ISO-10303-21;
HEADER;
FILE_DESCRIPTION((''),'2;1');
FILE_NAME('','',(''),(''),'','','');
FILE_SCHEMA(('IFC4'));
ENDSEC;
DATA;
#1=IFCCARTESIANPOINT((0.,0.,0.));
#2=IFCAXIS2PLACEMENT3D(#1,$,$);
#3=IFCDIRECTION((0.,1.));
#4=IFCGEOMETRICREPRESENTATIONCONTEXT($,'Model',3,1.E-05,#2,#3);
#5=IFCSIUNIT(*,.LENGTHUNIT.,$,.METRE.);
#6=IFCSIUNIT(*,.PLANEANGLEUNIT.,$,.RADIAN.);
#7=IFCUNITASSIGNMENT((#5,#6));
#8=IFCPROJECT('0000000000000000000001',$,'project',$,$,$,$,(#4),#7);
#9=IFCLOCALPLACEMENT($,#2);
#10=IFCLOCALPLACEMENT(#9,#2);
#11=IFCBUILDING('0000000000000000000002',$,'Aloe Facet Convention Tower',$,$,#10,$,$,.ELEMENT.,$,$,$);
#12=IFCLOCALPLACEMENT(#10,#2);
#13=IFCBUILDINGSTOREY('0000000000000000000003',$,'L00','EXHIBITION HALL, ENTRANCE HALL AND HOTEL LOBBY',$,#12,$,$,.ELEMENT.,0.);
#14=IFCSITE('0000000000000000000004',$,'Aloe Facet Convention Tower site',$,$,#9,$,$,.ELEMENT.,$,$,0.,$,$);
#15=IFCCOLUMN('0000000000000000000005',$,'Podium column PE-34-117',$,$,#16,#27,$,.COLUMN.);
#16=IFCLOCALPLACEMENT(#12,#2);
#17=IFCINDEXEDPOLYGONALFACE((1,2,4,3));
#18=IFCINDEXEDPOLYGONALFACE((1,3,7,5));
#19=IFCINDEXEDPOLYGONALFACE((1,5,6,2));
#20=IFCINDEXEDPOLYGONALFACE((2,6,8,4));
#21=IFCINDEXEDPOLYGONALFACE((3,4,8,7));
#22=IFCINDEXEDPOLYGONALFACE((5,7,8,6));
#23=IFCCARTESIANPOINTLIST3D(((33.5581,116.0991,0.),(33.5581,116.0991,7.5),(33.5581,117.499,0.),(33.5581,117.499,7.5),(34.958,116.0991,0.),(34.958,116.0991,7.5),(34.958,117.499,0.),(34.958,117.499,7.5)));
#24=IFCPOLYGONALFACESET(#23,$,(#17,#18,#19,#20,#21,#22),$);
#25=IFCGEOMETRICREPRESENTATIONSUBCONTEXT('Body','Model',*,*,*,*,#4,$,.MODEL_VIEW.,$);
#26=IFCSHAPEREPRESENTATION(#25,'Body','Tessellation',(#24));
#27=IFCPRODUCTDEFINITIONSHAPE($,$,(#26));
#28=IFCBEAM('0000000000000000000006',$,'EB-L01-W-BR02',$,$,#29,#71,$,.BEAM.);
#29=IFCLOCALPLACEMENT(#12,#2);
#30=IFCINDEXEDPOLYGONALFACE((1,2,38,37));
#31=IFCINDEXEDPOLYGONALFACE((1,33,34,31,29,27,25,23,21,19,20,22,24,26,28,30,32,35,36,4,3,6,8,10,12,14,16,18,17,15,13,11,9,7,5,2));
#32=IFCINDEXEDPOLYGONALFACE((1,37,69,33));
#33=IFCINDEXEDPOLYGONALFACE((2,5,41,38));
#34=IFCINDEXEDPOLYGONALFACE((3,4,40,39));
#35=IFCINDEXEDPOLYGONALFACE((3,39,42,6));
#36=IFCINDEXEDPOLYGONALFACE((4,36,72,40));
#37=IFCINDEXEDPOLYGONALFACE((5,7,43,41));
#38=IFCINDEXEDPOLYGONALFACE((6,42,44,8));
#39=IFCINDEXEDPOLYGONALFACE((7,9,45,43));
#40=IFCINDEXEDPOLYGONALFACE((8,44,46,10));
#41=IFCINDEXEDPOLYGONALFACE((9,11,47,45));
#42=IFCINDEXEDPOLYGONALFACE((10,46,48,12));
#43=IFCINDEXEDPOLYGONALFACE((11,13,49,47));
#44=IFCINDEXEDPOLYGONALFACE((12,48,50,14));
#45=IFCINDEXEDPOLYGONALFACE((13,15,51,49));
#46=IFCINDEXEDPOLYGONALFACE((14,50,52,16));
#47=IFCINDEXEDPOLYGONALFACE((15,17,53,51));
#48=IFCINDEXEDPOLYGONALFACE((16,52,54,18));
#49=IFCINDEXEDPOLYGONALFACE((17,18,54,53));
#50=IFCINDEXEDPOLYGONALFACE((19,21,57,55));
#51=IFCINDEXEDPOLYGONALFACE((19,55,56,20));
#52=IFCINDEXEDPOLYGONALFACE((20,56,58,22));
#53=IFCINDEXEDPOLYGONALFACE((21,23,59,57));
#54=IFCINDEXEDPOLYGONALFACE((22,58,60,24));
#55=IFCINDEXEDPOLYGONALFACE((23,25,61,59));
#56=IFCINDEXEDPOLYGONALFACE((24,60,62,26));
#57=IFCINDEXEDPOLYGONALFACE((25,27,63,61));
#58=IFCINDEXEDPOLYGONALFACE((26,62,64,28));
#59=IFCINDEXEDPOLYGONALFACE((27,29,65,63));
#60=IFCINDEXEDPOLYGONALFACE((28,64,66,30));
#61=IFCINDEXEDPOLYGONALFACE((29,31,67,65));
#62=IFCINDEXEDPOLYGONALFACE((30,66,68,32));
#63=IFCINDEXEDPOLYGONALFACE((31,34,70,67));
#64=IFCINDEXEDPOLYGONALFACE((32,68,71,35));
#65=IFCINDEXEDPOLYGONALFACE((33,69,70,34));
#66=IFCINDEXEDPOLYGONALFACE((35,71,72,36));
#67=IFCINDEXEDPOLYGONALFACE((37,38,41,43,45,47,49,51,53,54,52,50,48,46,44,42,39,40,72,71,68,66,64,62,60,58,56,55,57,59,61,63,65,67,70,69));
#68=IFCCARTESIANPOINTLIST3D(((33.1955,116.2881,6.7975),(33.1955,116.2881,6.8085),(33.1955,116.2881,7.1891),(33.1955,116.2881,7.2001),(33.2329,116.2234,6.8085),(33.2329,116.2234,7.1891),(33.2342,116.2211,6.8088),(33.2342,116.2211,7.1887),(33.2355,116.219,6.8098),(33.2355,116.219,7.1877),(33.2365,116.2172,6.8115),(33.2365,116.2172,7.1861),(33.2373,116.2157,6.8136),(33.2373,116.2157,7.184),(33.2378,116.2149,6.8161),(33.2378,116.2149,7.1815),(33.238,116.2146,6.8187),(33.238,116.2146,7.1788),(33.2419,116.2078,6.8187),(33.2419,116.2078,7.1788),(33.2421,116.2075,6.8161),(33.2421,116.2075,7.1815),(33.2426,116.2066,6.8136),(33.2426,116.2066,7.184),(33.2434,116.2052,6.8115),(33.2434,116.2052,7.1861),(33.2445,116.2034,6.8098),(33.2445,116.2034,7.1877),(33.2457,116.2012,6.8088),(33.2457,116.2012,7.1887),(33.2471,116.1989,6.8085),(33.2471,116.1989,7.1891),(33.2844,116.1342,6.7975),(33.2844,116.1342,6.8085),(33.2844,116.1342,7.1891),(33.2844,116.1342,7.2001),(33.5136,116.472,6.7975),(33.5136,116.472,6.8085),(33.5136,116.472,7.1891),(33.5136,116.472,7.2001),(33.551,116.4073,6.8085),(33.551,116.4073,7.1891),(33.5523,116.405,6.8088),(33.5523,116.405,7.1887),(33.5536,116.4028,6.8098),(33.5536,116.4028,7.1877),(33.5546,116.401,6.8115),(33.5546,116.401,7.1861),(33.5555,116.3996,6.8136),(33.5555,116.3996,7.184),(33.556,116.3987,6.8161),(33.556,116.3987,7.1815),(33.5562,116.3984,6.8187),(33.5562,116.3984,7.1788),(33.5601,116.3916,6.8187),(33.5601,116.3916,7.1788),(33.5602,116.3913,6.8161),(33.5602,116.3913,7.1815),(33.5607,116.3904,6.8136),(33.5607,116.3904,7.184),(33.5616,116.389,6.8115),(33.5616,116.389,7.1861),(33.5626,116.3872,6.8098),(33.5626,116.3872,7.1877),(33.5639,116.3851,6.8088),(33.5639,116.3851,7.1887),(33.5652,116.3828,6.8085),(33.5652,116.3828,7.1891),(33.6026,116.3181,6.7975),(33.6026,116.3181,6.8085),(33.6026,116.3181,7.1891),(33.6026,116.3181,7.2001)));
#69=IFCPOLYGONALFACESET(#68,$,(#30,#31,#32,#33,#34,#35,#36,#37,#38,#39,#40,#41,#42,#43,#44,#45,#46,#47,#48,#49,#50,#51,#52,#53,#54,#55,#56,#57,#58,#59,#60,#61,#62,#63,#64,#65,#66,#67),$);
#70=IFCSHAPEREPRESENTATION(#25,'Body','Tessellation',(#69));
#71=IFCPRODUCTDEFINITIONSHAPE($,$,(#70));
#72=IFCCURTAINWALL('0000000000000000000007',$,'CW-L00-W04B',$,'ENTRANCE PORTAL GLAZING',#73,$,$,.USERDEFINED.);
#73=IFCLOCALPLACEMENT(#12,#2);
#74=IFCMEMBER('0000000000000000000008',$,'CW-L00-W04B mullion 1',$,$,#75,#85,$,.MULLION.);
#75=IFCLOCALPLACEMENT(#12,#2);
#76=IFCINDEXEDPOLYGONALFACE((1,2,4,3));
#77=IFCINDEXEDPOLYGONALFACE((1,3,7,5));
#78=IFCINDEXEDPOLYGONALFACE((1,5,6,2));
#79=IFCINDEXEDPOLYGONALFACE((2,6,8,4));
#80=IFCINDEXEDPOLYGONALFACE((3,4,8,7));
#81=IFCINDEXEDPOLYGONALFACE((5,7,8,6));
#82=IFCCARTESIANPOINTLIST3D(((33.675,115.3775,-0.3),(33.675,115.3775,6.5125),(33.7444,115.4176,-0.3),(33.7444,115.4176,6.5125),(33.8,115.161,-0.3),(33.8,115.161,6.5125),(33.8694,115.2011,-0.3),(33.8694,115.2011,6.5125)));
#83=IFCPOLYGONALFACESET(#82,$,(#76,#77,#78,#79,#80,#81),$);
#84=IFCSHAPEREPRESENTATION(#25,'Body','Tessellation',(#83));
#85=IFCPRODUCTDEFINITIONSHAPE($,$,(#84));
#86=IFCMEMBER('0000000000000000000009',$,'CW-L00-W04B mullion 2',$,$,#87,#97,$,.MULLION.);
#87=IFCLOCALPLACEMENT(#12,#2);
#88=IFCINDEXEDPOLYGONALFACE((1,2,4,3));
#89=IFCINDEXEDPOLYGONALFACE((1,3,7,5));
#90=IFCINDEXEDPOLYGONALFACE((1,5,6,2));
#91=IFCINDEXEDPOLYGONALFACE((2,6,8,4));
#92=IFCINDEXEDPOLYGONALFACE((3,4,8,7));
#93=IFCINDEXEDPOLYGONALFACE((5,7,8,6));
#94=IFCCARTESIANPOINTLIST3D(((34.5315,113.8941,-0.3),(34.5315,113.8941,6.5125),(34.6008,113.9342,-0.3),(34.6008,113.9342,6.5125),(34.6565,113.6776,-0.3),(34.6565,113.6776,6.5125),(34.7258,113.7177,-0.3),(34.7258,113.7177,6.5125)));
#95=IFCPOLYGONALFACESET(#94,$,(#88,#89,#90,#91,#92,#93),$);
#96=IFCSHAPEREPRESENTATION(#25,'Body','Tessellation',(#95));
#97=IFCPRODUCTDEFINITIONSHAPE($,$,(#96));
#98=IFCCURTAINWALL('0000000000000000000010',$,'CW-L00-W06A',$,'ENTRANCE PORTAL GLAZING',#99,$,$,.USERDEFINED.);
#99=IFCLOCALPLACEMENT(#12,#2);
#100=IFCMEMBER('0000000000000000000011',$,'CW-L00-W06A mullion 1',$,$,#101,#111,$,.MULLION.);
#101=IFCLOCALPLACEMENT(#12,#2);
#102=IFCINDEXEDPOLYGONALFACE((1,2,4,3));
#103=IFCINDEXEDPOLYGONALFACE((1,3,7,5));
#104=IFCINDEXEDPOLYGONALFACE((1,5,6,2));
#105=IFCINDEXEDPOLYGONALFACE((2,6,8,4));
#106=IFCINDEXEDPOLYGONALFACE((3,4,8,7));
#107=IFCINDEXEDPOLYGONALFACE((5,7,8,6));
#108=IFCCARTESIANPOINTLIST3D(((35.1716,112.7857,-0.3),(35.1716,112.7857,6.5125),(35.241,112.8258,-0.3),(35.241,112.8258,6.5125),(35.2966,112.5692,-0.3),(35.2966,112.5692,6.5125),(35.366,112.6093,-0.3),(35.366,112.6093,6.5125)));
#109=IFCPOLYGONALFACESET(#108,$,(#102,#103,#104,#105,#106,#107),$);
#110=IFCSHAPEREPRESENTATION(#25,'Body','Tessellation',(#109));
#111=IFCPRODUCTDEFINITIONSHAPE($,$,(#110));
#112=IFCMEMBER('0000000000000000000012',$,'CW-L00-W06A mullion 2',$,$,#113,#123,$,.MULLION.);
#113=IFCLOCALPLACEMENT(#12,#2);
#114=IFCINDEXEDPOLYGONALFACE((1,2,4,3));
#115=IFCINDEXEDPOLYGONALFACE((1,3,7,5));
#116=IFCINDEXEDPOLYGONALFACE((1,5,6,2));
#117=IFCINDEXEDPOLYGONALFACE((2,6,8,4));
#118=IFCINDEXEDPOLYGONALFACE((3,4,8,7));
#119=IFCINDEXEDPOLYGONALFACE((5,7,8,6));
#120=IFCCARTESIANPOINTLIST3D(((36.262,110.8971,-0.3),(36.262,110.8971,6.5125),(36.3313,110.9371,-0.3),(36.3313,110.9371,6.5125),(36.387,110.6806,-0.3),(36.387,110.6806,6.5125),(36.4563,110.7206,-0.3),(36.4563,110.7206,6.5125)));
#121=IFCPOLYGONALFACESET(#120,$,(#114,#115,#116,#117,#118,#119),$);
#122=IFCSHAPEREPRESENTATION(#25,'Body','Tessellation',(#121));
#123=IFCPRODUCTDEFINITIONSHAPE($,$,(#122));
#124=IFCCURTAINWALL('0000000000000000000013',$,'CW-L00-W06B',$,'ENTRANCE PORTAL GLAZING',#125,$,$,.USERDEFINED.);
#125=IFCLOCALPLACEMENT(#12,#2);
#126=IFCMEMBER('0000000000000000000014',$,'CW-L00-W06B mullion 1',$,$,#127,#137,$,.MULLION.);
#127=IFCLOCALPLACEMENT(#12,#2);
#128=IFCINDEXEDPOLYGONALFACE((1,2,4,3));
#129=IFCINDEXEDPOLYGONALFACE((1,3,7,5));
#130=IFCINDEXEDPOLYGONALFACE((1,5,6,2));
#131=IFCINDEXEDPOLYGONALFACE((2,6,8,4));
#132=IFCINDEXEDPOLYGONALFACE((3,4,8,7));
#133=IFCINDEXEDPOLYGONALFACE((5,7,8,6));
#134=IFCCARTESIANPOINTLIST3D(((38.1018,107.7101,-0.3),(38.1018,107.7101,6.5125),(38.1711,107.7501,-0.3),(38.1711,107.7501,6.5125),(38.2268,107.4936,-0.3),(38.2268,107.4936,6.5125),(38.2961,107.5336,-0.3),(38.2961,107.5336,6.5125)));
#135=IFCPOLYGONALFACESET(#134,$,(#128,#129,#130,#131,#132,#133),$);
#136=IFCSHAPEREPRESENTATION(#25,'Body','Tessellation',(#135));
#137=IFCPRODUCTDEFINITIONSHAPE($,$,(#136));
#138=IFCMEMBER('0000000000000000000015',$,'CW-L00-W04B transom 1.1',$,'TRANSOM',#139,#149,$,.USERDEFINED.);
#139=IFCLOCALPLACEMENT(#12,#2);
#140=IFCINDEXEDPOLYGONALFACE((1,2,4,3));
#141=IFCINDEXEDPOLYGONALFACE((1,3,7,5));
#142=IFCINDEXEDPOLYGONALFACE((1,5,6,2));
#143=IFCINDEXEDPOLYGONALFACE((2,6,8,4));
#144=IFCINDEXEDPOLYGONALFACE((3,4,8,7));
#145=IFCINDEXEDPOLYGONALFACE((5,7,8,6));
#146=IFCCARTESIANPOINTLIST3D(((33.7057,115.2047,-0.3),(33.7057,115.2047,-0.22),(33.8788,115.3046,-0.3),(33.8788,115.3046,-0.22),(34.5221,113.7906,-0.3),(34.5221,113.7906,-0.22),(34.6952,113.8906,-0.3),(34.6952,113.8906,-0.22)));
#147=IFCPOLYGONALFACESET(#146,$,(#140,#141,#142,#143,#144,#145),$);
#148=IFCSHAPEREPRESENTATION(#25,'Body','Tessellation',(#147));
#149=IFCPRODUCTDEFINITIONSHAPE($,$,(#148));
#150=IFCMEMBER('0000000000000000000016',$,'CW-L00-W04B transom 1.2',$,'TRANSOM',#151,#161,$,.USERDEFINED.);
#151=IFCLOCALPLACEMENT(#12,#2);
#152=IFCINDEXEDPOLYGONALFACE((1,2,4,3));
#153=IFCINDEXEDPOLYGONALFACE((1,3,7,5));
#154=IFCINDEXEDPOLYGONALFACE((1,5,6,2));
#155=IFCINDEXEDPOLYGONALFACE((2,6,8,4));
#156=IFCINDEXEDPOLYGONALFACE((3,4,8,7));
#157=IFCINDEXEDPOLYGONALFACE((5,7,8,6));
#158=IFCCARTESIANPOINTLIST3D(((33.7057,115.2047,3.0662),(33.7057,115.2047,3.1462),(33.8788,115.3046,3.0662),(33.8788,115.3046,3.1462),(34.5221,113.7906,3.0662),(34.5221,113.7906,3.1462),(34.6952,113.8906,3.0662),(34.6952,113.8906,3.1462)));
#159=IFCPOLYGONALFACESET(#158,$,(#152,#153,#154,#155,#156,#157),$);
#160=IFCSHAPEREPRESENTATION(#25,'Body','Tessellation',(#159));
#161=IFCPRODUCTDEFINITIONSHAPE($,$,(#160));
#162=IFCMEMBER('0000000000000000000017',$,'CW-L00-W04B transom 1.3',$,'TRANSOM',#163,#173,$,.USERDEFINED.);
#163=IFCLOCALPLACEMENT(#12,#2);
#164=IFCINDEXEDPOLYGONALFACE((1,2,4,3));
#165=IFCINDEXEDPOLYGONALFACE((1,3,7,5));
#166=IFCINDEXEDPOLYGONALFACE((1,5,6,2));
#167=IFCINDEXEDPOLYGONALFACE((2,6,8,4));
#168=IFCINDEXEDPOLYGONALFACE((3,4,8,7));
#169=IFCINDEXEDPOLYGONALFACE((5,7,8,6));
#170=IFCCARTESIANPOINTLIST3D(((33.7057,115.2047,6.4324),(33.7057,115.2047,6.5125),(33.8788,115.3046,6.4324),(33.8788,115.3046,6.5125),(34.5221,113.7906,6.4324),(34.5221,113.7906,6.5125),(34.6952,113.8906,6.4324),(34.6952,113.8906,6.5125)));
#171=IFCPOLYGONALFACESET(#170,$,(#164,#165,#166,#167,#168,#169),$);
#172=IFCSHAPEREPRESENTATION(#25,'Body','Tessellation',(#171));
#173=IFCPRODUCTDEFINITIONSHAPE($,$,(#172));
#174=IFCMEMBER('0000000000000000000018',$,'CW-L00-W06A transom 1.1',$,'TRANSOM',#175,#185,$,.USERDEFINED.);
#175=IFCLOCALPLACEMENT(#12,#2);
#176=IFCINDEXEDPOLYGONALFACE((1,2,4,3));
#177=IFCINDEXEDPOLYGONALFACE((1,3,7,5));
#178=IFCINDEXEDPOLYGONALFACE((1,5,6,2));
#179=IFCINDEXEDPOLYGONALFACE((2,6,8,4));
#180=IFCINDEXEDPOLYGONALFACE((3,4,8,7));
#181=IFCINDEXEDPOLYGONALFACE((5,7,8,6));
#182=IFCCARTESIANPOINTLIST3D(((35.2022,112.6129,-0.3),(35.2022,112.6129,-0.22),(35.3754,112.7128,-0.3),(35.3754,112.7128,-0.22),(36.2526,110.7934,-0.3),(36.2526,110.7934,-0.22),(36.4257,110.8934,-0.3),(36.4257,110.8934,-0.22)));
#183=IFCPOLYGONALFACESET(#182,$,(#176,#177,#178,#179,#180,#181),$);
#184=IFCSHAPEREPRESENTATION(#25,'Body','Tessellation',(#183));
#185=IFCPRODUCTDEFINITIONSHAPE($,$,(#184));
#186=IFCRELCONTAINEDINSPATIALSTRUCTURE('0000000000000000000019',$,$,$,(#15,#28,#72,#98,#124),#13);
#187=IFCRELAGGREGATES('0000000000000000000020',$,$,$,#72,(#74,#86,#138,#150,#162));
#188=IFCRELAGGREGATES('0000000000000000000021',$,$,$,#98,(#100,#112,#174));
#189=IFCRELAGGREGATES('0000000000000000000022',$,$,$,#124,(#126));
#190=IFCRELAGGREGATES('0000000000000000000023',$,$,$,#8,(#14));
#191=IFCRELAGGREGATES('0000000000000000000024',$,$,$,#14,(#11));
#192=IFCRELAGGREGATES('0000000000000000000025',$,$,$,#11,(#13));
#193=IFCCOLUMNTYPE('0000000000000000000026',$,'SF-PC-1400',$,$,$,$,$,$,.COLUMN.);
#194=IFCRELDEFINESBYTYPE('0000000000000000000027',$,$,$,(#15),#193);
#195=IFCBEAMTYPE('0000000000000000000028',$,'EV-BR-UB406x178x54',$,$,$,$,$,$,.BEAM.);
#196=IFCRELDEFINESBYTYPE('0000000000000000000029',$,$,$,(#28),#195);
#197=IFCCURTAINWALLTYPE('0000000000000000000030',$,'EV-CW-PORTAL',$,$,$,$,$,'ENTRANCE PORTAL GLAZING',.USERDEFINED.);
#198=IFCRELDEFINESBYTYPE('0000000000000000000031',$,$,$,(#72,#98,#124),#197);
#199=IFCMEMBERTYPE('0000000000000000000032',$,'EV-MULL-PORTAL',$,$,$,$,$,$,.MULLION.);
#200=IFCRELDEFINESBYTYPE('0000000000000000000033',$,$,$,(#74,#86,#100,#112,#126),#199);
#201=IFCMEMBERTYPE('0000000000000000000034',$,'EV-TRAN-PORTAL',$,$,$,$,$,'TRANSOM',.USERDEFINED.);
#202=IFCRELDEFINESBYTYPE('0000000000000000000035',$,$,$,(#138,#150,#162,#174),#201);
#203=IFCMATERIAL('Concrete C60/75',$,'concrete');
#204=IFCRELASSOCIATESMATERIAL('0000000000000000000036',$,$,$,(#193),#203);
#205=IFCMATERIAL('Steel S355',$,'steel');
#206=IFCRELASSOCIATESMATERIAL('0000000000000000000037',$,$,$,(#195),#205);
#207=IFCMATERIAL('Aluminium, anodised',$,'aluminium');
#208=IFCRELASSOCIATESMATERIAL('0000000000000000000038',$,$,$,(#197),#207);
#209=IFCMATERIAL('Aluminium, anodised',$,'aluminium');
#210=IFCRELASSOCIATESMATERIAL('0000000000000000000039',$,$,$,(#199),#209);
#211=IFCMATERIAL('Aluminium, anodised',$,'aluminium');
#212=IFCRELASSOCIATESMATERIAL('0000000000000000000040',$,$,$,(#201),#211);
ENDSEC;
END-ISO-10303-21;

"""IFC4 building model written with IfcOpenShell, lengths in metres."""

from ifc_helpers import new_model, si_unit, direction, frame, origin, origin_2d, place, context, subcontext, project, spatial, rectangle, i_section, extrude, material, material_profile, profile_set, type_object, element, aggregate, save


model = new_model("IFC4")

# Units and contexts
model_context = context("Model", 3, precision=1e-05, world=origin(), true_north=direction((0.0, 1.0)))
body_context = subcontext(model_context, "Body", "Model", "MODEL_VIEW")
ifc_project = project(units=[si_unit("LENGTHUNIT", "METRE"), si_unit("PLANEANGLEUNIT", "RADIAN")], contexts=[model_context])

# Site, building, storey
site_placement = place(None, origin())
site = spatial("IfcSite", under=ifc_project, at=site_placement, Name="Aloe Facet Convention Tower site", CompositionType="ELEMENT", RefElevation=0.0)
building_placement = place(site_placement, origin())
building = spatial("IfcBuilding", under=site, at=building_placement, Name="Aloe Facet Convention Tower", CompositionType="ELEMENT")
storey_placement = place(building_placement, origin())
storey = spatial("IfcBuildingStorey", under=building, at=storey_placement, Name="L00", Description="EXHIBITION HALL, ENTRANCE HALL AND HOTEL LOBBY", CompositionType="ELEMENT", Elevation=0.0)

# Column
ifc_material_1 = material(Name="Concrete C60/75", Category="concrete")
ifc_material_profile_1 = material_profile(ifc_material_1, rectangle(XDim=1.3999, YDim=1.3999, at=origin_2d()), Name="SF-PC-1400")
ifc_profile_set_1 = profile_set([ifc_material_profile_1], Name="Concrete C60/75")
column_type = type_object("IfcColumnType", Name="SF-PC-1400", PredefinedType="COLUMN", material=ifc_profile_set_1)
column_placement = place(storey_placement, frame((34.2581, 116.7991, 0.0), z_axis=(0.0, 0.0, 1.0), x_axis=(1.0, 0.0, 0.0)))
element("IfcColumn", 1, at=column_placement, inside=storey, type_object=column_type, Name="Podium column PE-34-117", PredefinedType="COLUMN", context=body_context, shape_type="SweptSolid", body=[
    extrude(rectangle(XDim=1.3999, YDim=1.3999, at=origin_2d()), origin(), (0.0, 0.0, 1.0), 7.5),
])

# Beam
ifc_material_2 = material(Name="Steel S355", Category="steel")
ifc_material_profile_2 = material_profile(ifc_material_2, i_section(OverallWidth=0.1777, OverallDepth=0.4026, WebThickness=0.0078, FlangeThickness=0.011, FilletRadius=0.0103, at=origin_2d()), Name="UB 406x178x54")
ifc_profile_set_2 = profile_set([ifc_material_profile_2], Name="Steel S355")
beam_type_1 = type_object("IfcBeamType", Name="EV-BR-UB406x178x54", PredefinedType="BEAM", material=ifc_profile_set_2)
beam_1_placement = place(storey_placement, frame((33.5581, 116.395, 6.9988), z_axis=(-0.86582, -0.500355, 0.0), x_axis=(0.500355, -0.86582, 0.0)))
element("IfcBeam", 2, at=beam_1_placement, inside=storey, type_object=beam_type_1, Name="EB-L01-W-BR02", PredefinedType="BEAM", context=body_context, shape_type="SweptSolid", body=[
    extrude(i_section(OverallWidth=0.1777, OverallDepth=0.4026, WebThickness=0.0078, FlangeThickness=0.011, FilletRadius=0.0103, at=origin_2d()), origin(), (0.0, 0.0, 1.0), 0.3674),
])

# Curtain walls, members
ifc_material_3 = material(Name="Aluminium, anodised", Category="aluminium")
curtain_wall_type = type_object("IfcCurtainWallType", Name="EV-CW-PORTAL", ElementType="ENTRANCE PORTAL GLAZING", PredefinedType="USERDEFINED", material=ifc_material_3)
curtain_wall_1_placement = place(storey_placement, origin())
curtain_wall_1 = element("IfcCurtainWall", 3, at=curtain_wall_1_placement, inside=storey, type_object=curtain_wall_type, Name="CW-L00-W04B", ObjectType="ENTRANCE PORTAL GLAZING", PredefinedType="USERDEFINED")
ifc_material_4 = material(Name="Aluminium, anodised", Category="aluminium")
ifc_material_profile_3 = material_profile(ifc_material_4, rectangle(XDim=0.0801, YDim=0.25, at=origin_2d()), Name="AL 80x250")
ifc_profile_set_3 = profile_set([ifc_material_profile_3], Name="Aluminium, anodised")
member_type_1 = type_object("IfcMemberType", Name="EV-MULL-PORTAL", PredefinedType="MULLION", material=ifc_profile_set_3)
member_1_placement = place(storey_placement, frame((33.7722, 115.2893, -0.3), z_axis=(0.0, 0.0, 1.0), x_axis=(0.866025, 0.5, 0.0)))
member_1 = element("IfcMember", 4, at=member_1_placement, type_object=member_type_1, Name="CW-L00-W04B mullion 1", PredefinedType="MULLION", context=body_context, shape_type="SweptSolid", body=[
    extrude(rectangle(XDim=0.0801, YDim=0.25, at=origin_2d()), origin(), (0.0, 0.0, 1.0), 6.8125),
])
member_2_placement = place(storey_placement, frame((34.6287, 113.8059, -0.3), z_axis=(0.0, 0.0, 1.0), x_axis=(0.866025, 0.5, 0.0)))
member_2 = element("IfcMember", 5, at=member_2_placement, type_object=member_type_1, Name="CW-L00-W04B mullion 2", PredefinedType="MULLION", context=body_context, shape_type="SweptSolid", body=[
    extrude(rectangle(XDim=0.0801, YDim=0.25, at=origin_2d()), origin(), (0.0, 0.0, 1.0), 6.8125),
])
curtain_wall_2_placement = place(storey_placement, origin())
curtain_wall_2 = element("IfcCurtainWall", 6, at=curtain_wall_2_placement, inside=storey, type_object=curtain_wall_type, Name="CW-L00-W06A", ObjectType="ENTRANCE PORTAL GLAZING", PredefinedType="USERDEFINED")
member_3_placement = place(storey_placement, frame((35.2688, 112.6975, -0.3), z_axis=(0.0, 0.0, 1.0), x_axis=(0.866025, 0.5, 0.0)))
member_3 = element("IfcMember", 7, at=member_3_placement, type_object=member_type_1, Name="CW-L00-W06A mullion 1", PredefinedType="MULLION", context=body_context, shape_type="SweptSolid", body=[
    extrude(rectangle(XDim=0.0801, YDim=0.25, at=origin_2d()), origin(), (0.0, 0.0, 1.0), 6.8125),
])
member_4_placement = place(storey_placement, frame((36.3591, 110.8088, -0.3), z_axis=(0.0, 0.0, 1.0), x_axis=(0.866025, 0.5, 0.0)))
member_4 = element("IfcMember", 8, at=member_4_placement, type_object=member_type_1, Name="CW-L00-W06A mullion 2", PredefinedType="MULLION", context=body_context, shape_type="SweptSolid", body=[
    extrude(rectangle(XDim=0.0801, YDim=0.25, at=origin_2d()), origin(), (0.0, 0.0, 1.0), 6.8125),
])

# Curtain wall, member
curtain_wall_3_placement = place(storey_placement, origin())
curtain_wall_3 = element("IfcCurtainWall", 9, at=curtain_wall_3_placement, inside=storey, type_object=curtain_wall_type, Name="CW-L00-W06B", ObjectType="ENTRANCE PORTAL GLAZING", PredefinedType="USERDEFINED")
member_5_placement = place(storey_placement, frame((38.199, 107.6218, -0.3), z_axis=(0.0, 0.0, 1.0), x_axis=(0.866025, 0.5, 0.0)))
member_5 = element("IfcMember", 10, at=member_5_placement, type_object=member_type_1, Name="CW-L00-W06B mullion 1", PredefinedType="MULLION", context=body_context, shape_type="SweptSolid", body=[
    extrude(rectangle(XDim=0.0801, YDim=0.25, at=origin_2d()), origin(), (0.0, 0.0, 1.0), 6.8125),
])

# Members
ifc_material_5 = material(Name="Aluminium, anodised", Category="aluminium")
ifc_material_profile_4 = material_profile(ifc_material_5, rectangle(XDim=0.2, YDim=0.0801, at=origin_2d()), Name="AL 200x80")
ifc_profile_set_4 = profile_set([ifc_material_profile_4], Name="Aluminium, anodised")
member_type_2 = type_object("IfcMemberType", Name="EV-TRAN-PORTAL", ElementType="TRANSOM", PredefinedType="USERDEFINED", material=ifc_profile_set_4)
member_6_placement = place(storey_placement, frame((33.7922, 115.2546, -0.26), z_axis=(0.499999, -0.866026, 0.0), x_axis=(0.866026, 0.499999, 0.0)))
member_6 = element("IfcMember", 11, at=member_6_placement, type_object=member_type_2, Name="CW-L00-W04B transom 1.1", ObjectType="TRANSOM", PredefinedType="USERDEFINED", context=body_context, shape_type="SweptSolid", body=[
    extrude(rectangle(XDim=0.2, YDim=0.0801, at=origin_2d()), origin(), (0.0, 0.0, 1.0), 1.6328),
])
member_7_placement = place(storey_placement, frame((33.7922, 115.2546, 3.1062), z_axis=(0.499999, -0.866026, 0.0), x_axis=(0.866026, 0.499999, 0.0)))
member_7 = element("IfcMember", 12, at=member_7_placement, type_object=member_type_2, Name="CW-L00-W04B transom 1.2", ObjectType="TRANSOM", PredefinedType="USERDEFINED", context=body_context, shape_type="SweptSolid", body=[
    extrude(rectangle(XDim=0.2, YDim=0.0801, at=origin_2d()), origin(), (0.0, 0.0, 1.0), 1.6328),
])
member_8_placement = place(storey_placement, frame((33.7922, 115.2546, 6.4724), z_axis=(0.499999, -0.866026, 0.0), x_axis=(0.866026, 0.499999, 0.0)))
member_8 = element("IfcMember", 13, at=member_8_placement, type_object=member_type_2, Name="CW-L00-W04B transom 1.3", ObjectType="TRANSOM", PredefinedType="USERDEFINED", context=body_context, shape_type="SweptSolid", body=[
    extrude(rectangle(XDim=0.2, YDim=0.0801, at=origin_2d()), origin(), (0.0, 0.0, 1.0), 1.6328),
])
member_9_placement = place(storey_placement, frame((35.2888, 112.6628, -0.26), z_axis=(0.499964, -0.866046, 0.0), x_axis=(0.866046, 0.499964, 0.0)))
member_9 = element("IfcMember", 14, at=member_9_placement, type_object=member_type_2, Name="CW-L00-W06A transom 1.1", ObjectType="TRANSOM", PredefinedType="USERDEFINED", context=body_context, shape_type="SweptSolid", body=[
    extrude(rectangle(XDim=0.2, YDim=0.0801, at=origin_2d()), origin(), (0.0, 0.0, 1.0), 2.1008),
])

aggregate(curtain_wall_1, [member_1, member_2, member_6, member_7, member_8])
aggregate(curtain_wall_2, [member_3, member_4, member_9])
aggregate(curtain_wall_3, [member_5])

save(model, "model.ifc")
